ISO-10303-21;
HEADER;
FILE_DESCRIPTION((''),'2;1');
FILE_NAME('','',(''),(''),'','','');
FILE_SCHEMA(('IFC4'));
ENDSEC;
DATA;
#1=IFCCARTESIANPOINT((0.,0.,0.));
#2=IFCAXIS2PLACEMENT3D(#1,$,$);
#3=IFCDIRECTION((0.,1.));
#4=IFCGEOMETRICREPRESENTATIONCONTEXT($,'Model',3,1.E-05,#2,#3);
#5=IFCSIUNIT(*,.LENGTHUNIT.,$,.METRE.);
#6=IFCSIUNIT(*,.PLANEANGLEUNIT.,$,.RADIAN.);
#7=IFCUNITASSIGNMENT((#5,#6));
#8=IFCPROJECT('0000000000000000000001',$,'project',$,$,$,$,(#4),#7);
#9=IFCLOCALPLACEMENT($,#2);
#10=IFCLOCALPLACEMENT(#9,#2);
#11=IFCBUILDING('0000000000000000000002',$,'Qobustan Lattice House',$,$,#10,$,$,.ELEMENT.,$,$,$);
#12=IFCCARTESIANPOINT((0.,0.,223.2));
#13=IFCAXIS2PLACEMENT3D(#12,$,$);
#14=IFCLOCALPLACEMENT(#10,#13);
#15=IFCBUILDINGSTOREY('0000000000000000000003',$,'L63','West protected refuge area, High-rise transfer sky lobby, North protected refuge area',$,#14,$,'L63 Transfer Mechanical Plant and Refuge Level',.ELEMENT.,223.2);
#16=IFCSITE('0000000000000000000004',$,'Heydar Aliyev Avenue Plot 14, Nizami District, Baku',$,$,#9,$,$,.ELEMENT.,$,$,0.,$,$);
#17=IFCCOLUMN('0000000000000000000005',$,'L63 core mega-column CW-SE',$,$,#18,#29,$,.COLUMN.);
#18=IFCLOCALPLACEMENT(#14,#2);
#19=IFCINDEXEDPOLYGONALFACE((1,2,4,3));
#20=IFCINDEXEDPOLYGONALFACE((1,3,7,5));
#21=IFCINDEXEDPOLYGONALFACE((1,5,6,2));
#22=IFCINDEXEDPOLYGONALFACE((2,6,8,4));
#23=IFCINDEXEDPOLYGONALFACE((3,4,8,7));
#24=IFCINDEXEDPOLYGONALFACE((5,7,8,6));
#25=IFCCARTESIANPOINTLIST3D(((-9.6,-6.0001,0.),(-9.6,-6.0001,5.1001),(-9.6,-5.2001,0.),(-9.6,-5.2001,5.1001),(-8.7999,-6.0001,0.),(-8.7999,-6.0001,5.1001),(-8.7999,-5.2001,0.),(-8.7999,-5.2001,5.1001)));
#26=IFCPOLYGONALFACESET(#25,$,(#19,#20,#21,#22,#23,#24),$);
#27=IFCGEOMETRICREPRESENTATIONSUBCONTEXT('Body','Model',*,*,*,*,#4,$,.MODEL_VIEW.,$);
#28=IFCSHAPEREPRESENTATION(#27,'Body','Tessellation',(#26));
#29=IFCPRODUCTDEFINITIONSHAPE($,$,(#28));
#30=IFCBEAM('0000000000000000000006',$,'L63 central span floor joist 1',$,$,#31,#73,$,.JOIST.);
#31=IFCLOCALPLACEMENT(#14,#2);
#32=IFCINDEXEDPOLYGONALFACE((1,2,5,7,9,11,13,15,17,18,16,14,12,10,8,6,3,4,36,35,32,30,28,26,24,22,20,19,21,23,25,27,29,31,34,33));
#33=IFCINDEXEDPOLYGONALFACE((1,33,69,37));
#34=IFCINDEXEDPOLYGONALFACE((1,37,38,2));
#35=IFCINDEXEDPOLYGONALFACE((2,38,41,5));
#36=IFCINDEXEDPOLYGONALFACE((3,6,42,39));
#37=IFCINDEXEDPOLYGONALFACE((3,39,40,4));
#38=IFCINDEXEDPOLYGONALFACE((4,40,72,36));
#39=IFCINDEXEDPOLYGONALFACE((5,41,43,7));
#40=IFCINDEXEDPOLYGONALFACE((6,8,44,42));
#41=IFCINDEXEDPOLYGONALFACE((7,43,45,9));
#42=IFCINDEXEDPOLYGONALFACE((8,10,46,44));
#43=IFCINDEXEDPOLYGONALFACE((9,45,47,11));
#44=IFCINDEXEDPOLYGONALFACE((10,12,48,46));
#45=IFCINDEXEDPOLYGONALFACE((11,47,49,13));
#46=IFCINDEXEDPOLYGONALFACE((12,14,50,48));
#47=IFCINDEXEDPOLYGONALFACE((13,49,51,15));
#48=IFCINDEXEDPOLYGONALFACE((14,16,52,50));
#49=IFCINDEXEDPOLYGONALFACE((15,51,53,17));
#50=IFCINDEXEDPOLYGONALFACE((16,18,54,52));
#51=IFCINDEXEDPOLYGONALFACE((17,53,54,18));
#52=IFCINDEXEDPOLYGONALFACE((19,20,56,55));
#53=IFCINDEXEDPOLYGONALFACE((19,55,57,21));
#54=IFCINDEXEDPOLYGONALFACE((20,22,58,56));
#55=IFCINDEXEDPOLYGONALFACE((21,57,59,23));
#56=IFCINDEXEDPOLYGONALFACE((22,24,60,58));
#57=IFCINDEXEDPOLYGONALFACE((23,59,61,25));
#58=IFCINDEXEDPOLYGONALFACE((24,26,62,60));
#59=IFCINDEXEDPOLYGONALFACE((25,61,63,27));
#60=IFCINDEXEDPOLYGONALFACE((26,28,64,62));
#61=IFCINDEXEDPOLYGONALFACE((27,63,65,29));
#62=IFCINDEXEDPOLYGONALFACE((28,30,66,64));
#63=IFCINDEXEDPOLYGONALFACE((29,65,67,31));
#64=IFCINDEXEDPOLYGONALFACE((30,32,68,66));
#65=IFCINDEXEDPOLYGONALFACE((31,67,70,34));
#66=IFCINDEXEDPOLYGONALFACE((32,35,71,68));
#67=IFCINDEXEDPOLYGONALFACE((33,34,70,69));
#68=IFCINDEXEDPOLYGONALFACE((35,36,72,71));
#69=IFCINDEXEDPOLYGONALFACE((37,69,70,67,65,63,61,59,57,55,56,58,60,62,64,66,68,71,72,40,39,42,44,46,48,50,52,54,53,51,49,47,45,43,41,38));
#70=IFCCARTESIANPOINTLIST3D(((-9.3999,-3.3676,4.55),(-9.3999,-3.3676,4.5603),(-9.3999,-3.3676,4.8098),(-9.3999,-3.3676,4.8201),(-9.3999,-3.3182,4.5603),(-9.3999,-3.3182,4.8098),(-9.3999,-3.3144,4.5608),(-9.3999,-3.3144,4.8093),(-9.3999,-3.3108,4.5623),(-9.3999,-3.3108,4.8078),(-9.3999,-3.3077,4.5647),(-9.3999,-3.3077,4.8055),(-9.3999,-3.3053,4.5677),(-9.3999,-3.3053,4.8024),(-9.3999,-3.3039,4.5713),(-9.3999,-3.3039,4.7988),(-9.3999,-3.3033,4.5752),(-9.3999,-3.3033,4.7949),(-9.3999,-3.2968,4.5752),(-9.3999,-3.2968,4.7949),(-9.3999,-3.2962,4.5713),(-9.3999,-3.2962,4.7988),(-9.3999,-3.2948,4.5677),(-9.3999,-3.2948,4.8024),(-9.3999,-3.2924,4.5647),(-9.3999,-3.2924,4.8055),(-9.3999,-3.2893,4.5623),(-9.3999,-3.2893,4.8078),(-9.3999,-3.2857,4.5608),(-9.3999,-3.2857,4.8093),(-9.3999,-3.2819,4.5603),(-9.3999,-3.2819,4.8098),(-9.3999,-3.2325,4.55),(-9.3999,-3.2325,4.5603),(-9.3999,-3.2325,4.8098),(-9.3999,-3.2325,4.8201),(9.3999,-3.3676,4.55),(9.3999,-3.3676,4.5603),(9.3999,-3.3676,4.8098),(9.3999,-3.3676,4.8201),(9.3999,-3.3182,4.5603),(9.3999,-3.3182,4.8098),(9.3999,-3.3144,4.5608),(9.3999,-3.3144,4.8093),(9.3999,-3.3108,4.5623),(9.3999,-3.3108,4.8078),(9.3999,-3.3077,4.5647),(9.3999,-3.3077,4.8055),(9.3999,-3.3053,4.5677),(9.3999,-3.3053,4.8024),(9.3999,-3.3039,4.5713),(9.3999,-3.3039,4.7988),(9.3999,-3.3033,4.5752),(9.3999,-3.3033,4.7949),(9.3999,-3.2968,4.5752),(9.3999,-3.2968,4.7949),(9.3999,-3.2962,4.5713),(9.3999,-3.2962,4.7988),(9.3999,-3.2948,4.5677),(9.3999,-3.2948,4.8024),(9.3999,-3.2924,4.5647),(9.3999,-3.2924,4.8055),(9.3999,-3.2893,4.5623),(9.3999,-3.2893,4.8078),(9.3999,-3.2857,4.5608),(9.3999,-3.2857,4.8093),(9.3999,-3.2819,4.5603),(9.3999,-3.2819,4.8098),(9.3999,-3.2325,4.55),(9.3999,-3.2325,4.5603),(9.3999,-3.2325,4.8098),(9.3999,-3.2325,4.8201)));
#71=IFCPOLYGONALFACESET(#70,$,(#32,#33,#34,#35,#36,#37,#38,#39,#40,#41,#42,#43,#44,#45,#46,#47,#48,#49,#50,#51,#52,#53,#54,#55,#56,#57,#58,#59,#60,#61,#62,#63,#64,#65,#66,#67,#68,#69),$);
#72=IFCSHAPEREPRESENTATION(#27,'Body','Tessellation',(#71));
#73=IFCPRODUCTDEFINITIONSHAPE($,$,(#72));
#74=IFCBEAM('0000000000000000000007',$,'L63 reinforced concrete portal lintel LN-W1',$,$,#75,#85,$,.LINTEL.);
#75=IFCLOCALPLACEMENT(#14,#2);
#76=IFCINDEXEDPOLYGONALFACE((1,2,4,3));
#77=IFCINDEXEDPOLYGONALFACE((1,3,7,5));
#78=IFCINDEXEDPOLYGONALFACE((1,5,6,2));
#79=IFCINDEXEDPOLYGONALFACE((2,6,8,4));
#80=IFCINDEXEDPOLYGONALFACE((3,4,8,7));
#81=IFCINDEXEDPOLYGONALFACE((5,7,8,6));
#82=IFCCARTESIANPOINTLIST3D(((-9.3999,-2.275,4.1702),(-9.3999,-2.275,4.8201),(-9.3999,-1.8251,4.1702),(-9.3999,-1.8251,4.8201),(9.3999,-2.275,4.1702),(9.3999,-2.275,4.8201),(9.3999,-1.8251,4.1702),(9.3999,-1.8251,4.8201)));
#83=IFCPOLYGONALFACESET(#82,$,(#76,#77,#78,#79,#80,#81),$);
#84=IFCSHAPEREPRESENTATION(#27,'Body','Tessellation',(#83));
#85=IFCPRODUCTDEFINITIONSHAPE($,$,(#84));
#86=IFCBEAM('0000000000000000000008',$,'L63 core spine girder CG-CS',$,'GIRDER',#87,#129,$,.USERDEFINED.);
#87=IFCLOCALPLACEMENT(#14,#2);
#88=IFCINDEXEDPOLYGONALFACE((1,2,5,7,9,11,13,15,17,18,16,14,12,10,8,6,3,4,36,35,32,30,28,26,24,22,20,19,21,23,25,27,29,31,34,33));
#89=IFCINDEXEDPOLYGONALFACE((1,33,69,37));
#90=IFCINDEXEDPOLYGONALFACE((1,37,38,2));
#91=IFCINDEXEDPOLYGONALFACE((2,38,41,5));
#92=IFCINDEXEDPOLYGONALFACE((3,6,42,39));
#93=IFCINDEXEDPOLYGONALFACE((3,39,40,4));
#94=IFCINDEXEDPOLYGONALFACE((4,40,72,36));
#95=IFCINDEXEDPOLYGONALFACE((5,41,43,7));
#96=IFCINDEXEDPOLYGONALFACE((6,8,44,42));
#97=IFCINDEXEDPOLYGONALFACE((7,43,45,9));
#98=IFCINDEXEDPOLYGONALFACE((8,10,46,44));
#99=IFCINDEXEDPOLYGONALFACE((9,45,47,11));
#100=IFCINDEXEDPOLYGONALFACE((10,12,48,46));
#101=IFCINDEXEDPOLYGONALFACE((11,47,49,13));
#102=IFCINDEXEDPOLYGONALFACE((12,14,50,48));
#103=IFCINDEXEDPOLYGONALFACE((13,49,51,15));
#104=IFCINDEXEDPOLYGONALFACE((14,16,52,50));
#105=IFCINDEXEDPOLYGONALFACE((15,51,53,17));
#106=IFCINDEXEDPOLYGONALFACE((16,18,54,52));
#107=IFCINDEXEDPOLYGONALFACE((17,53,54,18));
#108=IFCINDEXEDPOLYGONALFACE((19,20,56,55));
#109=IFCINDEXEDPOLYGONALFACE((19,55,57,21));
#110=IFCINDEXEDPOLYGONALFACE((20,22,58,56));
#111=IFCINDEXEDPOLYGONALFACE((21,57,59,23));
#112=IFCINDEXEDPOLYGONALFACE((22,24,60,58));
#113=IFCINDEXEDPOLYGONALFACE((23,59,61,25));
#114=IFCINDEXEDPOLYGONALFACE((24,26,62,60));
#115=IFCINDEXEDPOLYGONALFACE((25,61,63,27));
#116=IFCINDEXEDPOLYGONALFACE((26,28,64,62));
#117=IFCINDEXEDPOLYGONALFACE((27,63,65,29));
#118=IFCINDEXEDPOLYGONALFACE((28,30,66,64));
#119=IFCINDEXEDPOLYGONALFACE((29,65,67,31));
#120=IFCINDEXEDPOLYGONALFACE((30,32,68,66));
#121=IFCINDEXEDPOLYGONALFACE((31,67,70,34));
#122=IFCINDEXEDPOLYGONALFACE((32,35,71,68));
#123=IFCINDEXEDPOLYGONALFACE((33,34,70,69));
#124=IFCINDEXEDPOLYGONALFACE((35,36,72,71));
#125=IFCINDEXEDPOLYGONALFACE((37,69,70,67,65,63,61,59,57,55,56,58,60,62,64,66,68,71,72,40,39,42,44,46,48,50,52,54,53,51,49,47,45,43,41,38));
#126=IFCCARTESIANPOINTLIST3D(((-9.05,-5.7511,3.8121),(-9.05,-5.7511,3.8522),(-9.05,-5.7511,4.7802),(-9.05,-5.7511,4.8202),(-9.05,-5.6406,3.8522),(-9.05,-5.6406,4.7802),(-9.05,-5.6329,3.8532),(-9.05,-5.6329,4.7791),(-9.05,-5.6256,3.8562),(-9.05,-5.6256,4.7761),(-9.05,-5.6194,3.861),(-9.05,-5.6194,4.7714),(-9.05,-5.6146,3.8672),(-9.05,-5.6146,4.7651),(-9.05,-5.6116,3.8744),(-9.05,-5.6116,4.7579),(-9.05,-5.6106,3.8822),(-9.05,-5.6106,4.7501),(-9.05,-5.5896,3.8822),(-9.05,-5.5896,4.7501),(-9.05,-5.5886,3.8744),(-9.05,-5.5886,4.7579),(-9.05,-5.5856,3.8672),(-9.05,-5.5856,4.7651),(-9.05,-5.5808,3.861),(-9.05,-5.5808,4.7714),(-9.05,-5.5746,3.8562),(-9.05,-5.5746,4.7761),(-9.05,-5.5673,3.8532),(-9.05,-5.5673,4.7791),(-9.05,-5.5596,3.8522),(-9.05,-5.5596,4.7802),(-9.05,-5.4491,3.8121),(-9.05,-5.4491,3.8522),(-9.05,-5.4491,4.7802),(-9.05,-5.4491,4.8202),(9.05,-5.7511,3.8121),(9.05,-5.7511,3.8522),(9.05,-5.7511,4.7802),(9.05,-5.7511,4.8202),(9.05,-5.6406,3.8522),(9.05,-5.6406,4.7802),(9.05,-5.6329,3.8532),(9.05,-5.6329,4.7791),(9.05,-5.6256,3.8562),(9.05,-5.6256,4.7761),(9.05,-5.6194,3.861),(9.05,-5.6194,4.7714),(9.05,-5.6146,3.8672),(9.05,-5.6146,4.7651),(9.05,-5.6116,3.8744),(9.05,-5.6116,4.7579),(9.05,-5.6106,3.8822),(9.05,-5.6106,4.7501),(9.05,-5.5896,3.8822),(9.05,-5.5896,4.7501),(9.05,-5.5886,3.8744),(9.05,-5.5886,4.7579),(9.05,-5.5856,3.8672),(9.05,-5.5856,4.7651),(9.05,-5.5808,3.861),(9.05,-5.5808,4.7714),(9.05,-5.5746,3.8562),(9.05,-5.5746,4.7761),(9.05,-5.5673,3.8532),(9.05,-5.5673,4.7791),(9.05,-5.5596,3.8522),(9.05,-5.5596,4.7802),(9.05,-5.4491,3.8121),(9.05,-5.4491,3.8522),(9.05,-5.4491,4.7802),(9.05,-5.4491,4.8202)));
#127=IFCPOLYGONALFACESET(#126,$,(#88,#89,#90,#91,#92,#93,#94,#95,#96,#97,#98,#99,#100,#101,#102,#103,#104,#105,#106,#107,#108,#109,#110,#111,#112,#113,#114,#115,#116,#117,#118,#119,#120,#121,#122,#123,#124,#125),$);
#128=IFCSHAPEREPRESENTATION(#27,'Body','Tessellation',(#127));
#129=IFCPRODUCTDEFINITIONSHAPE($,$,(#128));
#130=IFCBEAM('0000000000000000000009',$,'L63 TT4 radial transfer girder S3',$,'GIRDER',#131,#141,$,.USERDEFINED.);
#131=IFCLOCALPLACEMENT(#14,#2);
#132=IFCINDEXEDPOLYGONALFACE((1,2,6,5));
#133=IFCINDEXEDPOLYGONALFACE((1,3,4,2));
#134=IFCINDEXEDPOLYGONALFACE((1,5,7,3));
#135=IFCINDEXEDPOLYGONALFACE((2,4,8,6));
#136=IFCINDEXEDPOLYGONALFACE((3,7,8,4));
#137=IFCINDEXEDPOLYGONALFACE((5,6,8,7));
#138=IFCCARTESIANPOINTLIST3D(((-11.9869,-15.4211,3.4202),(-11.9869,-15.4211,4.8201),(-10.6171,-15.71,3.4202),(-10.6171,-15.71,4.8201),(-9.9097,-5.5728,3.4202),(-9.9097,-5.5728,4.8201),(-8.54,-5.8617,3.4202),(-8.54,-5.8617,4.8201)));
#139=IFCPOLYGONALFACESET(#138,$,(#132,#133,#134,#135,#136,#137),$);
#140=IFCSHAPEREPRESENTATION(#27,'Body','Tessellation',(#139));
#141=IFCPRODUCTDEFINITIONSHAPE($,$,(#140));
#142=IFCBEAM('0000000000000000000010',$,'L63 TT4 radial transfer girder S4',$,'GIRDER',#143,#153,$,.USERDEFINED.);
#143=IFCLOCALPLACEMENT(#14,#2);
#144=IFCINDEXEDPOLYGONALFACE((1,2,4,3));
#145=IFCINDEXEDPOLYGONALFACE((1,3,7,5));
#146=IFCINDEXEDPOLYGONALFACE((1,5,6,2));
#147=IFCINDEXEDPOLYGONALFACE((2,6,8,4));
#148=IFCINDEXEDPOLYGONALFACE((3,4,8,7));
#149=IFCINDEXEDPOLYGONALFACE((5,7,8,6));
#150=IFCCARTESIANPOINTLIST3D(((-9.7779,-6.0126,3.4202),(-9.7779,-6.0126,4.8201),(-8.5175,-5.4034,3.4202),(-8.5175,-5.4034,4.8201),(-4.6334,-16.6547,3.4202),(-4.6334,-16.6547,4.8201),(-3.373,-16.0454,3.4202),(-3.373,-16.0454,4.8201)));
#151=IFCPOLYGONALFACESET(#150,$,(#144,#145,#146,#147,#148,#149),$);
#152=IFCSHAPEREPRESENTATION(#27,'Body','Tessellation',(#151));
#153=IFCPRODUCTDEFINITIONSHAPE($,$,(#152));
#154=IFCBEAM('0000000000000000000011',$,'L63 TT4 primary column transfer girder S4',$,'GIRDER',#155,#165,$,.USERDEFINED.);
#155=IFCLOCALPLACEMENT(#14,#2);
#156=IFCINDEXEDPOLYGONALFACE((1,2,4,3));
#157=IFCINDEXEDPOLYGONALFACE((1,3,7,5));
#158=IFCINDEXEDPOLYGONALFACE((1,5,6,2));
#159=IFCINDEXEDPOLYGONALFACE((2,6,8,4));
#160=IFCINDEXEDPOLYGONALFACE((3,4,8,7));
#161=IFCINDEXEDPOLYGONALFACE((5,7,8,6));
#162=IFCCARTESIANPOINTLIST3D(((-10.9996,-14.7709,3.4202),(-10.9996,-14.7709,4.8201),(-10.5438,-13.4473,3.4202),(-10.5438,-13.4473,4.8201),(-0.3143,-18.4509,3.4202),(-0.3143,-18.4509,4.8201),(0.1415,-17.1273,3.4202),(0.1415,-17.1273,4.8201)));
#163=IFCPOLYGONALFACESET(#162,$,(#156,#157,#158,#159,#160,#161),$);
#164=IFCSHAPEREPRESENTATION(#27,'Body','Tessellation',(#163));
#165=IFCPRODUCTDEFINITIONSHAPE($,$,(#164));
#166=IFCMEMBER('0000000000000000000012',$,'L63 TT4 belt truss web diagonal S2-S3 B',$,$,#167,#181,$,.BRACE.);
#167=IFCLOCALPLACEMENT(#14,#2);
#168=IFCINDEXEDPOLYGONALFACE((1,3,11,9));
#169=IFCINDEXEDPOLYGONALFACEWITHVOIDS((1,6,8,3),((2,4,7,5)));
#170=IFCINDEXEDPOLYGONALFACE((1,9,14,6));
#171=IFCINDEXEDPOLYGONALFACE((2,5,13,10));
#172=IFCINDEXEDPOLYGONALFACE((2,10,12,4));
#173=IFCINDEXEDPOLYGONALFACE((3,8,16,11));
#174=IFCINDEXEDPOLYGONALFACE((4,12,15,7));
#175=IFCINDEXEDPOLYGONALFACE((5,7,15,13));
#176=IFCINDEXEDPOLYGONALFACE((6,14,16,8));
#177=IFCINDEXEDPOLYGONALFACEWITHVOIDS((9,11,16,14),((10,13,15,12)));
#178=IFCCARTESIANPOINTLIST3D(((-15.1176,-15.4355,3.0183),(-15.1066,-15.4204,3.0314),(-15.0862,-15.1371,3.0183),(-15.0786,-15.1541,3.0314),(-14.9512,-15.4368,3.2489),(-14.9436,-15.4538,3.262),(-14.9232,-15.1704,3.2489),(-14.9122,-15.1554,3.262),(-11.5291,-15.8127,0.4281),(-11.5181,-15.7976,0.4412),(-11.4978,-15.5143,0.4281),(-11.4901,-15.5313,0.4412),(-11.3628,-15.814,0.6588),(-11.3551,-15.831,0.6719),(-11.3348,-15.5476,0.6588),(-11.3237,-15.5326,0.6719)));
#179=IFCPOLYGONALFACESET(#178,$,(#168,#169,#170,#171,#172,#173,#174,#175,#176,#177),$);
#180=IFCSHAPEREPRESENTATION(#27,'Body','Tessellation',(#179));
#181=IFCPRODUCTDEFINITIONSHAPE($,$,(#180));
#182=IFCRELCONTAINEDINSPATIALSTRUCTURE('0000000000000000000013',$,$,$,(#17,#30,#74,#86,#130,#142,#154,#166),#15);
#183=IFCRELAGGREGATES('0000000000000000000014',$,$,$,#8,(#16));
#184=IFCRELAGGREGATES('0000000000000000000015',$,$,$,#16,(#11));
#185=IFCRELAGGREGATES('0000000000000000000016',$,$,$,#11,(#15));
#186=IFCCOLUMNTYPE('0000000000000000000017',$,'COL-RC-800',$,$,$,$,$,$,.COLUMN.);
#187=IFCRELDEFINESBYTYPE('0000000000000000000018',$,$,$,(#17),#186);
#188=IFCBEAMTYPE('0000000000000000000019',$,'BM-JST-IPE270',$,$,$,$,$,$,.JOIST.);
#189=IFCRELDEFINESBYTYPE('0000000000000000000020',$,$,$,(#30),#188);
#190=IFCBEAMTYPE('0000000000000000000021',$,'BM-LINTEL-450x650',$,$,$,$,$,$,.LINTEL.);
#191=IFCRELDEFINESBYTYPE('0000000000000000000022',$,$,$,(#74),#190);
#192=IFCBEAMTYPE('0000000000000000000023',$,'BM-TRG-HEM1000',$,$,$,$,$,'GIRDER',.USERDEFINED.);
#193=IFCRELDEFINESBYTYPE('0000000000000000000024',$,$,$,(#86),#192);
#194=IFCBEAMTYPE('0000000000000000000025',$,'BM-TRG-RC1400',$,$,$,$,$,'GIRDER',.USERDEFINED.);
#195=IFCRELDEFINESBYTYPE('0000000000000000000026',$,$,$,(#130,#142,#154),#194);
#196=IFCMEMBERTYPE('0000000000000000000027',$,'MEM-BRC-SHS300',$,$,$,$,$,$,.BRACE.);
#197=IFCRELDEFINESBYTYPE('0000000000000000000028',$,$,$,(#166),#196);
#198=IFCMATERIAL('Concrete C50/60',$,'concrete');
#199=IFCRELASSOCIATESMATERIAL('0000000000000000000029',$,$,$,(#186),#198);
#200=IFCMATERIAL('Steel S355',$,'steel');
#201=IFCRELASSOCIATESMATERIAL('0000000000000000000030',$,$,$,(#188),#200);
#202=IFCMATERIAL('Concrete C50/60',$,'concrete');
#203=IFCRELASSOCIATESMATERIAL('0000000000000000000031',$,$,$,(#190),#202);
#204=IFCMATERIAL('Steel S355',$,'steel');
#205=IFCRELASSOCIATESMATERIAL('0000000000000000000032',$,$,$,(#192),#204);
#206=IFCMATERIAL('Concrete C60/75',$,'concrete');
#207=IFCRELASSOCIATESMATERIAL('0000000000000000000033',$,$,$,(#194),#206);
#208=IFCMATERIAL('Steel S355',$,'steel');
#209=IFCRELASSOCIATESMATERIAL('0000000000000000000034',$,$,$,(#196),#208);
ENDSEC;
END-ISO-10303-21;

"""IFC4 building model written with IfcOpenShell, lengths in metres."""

from ifc_helpers import new_model, si_unit, direction, frame, origin, origin_2d, place, context, subcontext, project, spatial, rectangle, hollow_rectangle, i_section, extrude, material, material_profile, profile_set, type_object, element, save


model = new_model("IFC4")

# Units and contexts
model_context = context("Model", 3, precision=1e-05, world=origin(), true_north=direction((0.0, 1.0)))
body_context = subcontext(model_context, "Body", "Model", "MODEL_VIEW")
ifc_project = project(units=[si_unit("LENGTHUNIT", "METRE"), si_unit("PLANEANGLEUNIT", "RADIAN")], contexts=[model_context])

# Site, building, storey
site_placement = place(None, origin())
site = spatial("IfcSite", under=ifc_project, at=site_placement, Name="Heydar Aliyev Avenue Plot 14, Nizami District, Baku", CompositionType="ELEMENT", RefElevation=0.0)
building_placement = place(site_placement, origin())
building = spatial("IfcBuilding", under=site, at=building_placement, Name="Qobustan Lattice House", CompositionType="ELEMENT")
storey_placement = place(building_placement, frame((0.0, 0.0, 223.2)))
storey = spatial("IfcBuildingStorey", under=building, at=storey_placement, Name="L63", Description="West protected refuge area, High-rise transfer sky lobby, North protected refuge area", LongName="L63 Transfer Mechanical Plant and Refuge Level", CompositionType="ELEMENT", Elevation=223.2)

# Column
ifc_material_1 = material(Name="Concrete C50/60", Category="concrete")
ifc_material_profile_1 = material_profile(ifc_material_1, rectangle(XDim=0.8, YDim=0.8, at=origin_2d()), Name="RC800x800")
ifc_profile_set_1 = profile_set([ifc_material_profile_1], Name="Concrete C50/60")
column_type = type_object("IfcColumnType", Name="COL-RC-800", PredefinedType="COLUMN", material=ifc_profile_set_1)
column_placement = place(storey_placement, frame((-9.2, -5.6001, 0.0), z_axis=(0.0, 0.0, 1.0), x_axis=(1.0, 0.0, 0.0)))
element("IfcColumn", 1, at=column_placement, inside=storey, type_object=column_type, Name="L63 core mega-column CW-SE", PredefinedType="COLUMN", context=body_context, shape_type="SweptSolid", body=[
    extrude(rectangle(XDim=0.8, YDim=0.8, at=origin_2d()), origin(), (0.0, 0.0, 1.0), 5.1001),
])

# Beams
ifc_material_2 = material(Name="Steel S355", Category="steel")
ifc_material_profile_2 = material_profile(ifc_material_2, i_section(OverallWidth=0.135, OverallDepth=0.27, WebThickness=0.0066, FlangeThickness=0.0103, FilletRadius=0.0149, at=origin_2d()), Name="IPE270")
ifc_profile_set_2 = profile_set([ifc_material_profile_2], Name="Steel S355")
beam_type_1 = type_object("IfcBeamType", Name="BM-JST-IPE270", PredefinedType="JOIST", material=ifc_profile_set_2)
beam_1_placement = place(storey_placement, frame((-9.3999, -3.3, 4.6851), z_axis=(1.0, 0.0, 0.0), x_axis=(0.0, 1.0, 0.0)))
element("IfcBeam", 2, at=beam_1_placement, inside=storey, type_object=beam_type_1, Name="L63 central span floor joist 1", PredefinedType="JOIST", context=body_context, shape_type="SweptSolid", body=[
    extrude(i_section(OverallWidth=0.135, OverallDepth=0.27, WebThickness=0.0066, FlangeThickness=0.0103, FilletRadius=0.0149, at=origin_2d()), origin(), (0.0, 0.0, 1.0), 18.7998),
])
ifc_material_3 = material(Name="Concrete C50/60", Category="concrete")
ifc_material_profile_3 = material_profile(ifc_material_3, rectangle(XDim=0.45, YDim=0.6499, at=origin_2d()), Name="RC450x650")
ifc_profile_set_3 = profile_set([ifc_material_profile_3], Name="Concrete C50/60")
beam_type_2 = type_object("IfcBeamType", Name="BM-LINTEL-450x650", PredefinedType="LINTEL", material=ifc_profile_set_3)
beam_2_placement = place(storey_placement, frame((-9.3999, -2.05, 4.4951), z_axis=(1.0, 0.0, 0.0), x_axis=(0.0, 1.0, 0.0)))
element("IfcBeam", 3, at=beam_2_placement, inside=storey, type_object=beam_type_2, Name="L63 reinforced concrete portal lintel LN-W1", PredefinedType="LINTEL", context=body_context, shape_type="SweptSolid", body=[
    extrude(rectangle(XDim=0.45, YDim=0.6499, at=origin_2d()), origin(), (0.0, 0.0, 1.0), 18.7998),
])
ifc_material_4 = material(Name="Steel S355", Category="steel")
ifc_material_profile_4 = material_profile(ifc_material_4, i_section(OverallWidth=0.302, OverallDepth=1.0081, WebThickness=0.021, FlangeThickness=0.04, FilletRadius=0.03, at=origin_2d()), Name="HEM1000")
ifc_profile_set_4 = profile_set([ifc_material_profile_4], Name="Steel S355")
beam_type_3 = type_object("IfcBeamType", Name="BM-TRG-HEM1000", ElementType="GIRDER", PredefinedType="USERDEFINED", material=ifc_profile_set_4)
beam_3_placement = place(storey_placement, frame((-9.05, -5.6001, 4.3162), z_axis=(1.0, 0.0, 0.0), x_axis=(0.0, 1.0, 0.0)))
element("IfcBeam", 4, at=beam_3_placement, inside=storey, type_object=beam_type_3, Name="L63 core spine girder CG-CS", ObjectType="GIRDER", PredefinedType="USERDEFINED", context=body_context, shape_type="SweptSolid", body=[
    extrude(i_section(OverallWidth=0.302, OverallDepth=1.0081, WebThickness=0.021, FlangeThickness=0.04, FilletRadius=0.03, at=origin_2d()), origin(), (0.0, 0.0, 1.0), 18.1001),
])
ifc_material_5 = material(Name="Concrete C60/75", Category="concrete")
ifc_material_profile_5 = material_profile(ifc_material_5, rectangle(XDim=1.3999, YDim=1.3999, at=origin_2d()), Name="RC1400x1400")
ifc_profile_set_5 = profile_set([ifc_material_profile_5], Name="Concrete C60/75")
beam_type_4 = type_object("IfcBeamType", Name="BM-TRG-RC1400", ElementType="GIRDER", PredefinedType="USERDEFINED", material=ifc_profile_set_5)
beam_4_placement = place(storey_placement, frame((-9.2249, -5.7173, 4.1201), z_axis=(-0.206372, -0.978474, 0.0), x_axis=(0.978474, -0.206372, 0.0)))
element("IfcBeam", 5, at=beam_4_placement, inside=storey, type_object=beam_type_4, Name="L63 TT4 radial transfer girder S3", ObjectType="GIRDER", PredefinedType="USERDEFINED", context=body_context, shape_type="SweptSolid", body=[
    extrude(rectangle(XDim=1.3999, YDim=1.3999, at=origin_2d()), origin(), (0.0, 0.0, 1.0), 10.0649),
])
beam_5_placement = place(storey_placement, frame((-9.1477, -5.708, 4.1201), z_axis=(0.435227, -0.900321, 0.0), x_axis=(0.900321, 0.435227, 0.0)))
element("IfcBeam", 6, at=beam_5_placement, inside=storey, type_object=beam_type_4, Name="L63 TT4 radial transfer girder S4", ObjectType="GIRDER", PredefinedType="USERDEFINED", context=body_context, shape_type="SweptSolid", body=[
    extrude(rectangle(XDim=1.3999, YDim=1.3999, at=origin_2d()), origin(), (0.0, 0.0, 1.0), 11.8203),
])
beam_6_placement = place(storey_placement, frame((-10.7717, -14.1091, 4.1201), z_axis=(0.9455, -0.325622, 0.0), x_axis=(0.325622, 0.9455, 0.0)))
element("IfcBeam", 7, at=beam_6_placement, inside=storey, type_object=beam_type_4, Name="L63 TT4 primary column transfer girder S4", ObjectType="GIRDER", PredefinedType="USERDEFINED", context=body_context, shape_type="SweptSolid", body=[
    extrude(rectangle(XDim=1.3999, YDim=1.3999, at=origin_2d()), origin(), (0.0, 0.0, 1.0), 11.3013),
])

# Member
ifc_material_6 = material(Name="Steel S355", Category="steel")
ifc_material_profile_6 = material_profile(ifc_material_6, hollow_rectangle(XDim=0.3, YDim=0.3, WallThickness=0.0161, at=origin_2d()), Name="SHS300x300x16")
ifc_profile_set_6 = profile_set([ifc_material_profile_6], Name="Steel S355")
member_type_1 = type_object("IfcMemberType", Name="MEM-BRC-SHS300", PredefinedType="BRACE", material=ifc_profile_set_6)
member_1_placement = place(storey_placement, frame((-15.0149, -15.2954, 3.1401), z_axis=(0.807913, -0.084925, -0.583151), x_axis=(0.10454, 0.994521, 0.0)))
element("IfcMember", 8, at=member_1_placement, inside=storey, type_object=member_type_1, Name="L63 TT4 belt truss web diagonal S2-S3 B", PredefinedType="BRACE", context=body_context, shape_type="SweptSolid", body=[
    extrude(hollow_rectangle(XDim=0.3, YDim=0.3, WallThickness=0.0161, at=origin_2d()), origin(), (0.0, 0.0, 1.0), 4.4417),
])

save(model, "model.ifc")
